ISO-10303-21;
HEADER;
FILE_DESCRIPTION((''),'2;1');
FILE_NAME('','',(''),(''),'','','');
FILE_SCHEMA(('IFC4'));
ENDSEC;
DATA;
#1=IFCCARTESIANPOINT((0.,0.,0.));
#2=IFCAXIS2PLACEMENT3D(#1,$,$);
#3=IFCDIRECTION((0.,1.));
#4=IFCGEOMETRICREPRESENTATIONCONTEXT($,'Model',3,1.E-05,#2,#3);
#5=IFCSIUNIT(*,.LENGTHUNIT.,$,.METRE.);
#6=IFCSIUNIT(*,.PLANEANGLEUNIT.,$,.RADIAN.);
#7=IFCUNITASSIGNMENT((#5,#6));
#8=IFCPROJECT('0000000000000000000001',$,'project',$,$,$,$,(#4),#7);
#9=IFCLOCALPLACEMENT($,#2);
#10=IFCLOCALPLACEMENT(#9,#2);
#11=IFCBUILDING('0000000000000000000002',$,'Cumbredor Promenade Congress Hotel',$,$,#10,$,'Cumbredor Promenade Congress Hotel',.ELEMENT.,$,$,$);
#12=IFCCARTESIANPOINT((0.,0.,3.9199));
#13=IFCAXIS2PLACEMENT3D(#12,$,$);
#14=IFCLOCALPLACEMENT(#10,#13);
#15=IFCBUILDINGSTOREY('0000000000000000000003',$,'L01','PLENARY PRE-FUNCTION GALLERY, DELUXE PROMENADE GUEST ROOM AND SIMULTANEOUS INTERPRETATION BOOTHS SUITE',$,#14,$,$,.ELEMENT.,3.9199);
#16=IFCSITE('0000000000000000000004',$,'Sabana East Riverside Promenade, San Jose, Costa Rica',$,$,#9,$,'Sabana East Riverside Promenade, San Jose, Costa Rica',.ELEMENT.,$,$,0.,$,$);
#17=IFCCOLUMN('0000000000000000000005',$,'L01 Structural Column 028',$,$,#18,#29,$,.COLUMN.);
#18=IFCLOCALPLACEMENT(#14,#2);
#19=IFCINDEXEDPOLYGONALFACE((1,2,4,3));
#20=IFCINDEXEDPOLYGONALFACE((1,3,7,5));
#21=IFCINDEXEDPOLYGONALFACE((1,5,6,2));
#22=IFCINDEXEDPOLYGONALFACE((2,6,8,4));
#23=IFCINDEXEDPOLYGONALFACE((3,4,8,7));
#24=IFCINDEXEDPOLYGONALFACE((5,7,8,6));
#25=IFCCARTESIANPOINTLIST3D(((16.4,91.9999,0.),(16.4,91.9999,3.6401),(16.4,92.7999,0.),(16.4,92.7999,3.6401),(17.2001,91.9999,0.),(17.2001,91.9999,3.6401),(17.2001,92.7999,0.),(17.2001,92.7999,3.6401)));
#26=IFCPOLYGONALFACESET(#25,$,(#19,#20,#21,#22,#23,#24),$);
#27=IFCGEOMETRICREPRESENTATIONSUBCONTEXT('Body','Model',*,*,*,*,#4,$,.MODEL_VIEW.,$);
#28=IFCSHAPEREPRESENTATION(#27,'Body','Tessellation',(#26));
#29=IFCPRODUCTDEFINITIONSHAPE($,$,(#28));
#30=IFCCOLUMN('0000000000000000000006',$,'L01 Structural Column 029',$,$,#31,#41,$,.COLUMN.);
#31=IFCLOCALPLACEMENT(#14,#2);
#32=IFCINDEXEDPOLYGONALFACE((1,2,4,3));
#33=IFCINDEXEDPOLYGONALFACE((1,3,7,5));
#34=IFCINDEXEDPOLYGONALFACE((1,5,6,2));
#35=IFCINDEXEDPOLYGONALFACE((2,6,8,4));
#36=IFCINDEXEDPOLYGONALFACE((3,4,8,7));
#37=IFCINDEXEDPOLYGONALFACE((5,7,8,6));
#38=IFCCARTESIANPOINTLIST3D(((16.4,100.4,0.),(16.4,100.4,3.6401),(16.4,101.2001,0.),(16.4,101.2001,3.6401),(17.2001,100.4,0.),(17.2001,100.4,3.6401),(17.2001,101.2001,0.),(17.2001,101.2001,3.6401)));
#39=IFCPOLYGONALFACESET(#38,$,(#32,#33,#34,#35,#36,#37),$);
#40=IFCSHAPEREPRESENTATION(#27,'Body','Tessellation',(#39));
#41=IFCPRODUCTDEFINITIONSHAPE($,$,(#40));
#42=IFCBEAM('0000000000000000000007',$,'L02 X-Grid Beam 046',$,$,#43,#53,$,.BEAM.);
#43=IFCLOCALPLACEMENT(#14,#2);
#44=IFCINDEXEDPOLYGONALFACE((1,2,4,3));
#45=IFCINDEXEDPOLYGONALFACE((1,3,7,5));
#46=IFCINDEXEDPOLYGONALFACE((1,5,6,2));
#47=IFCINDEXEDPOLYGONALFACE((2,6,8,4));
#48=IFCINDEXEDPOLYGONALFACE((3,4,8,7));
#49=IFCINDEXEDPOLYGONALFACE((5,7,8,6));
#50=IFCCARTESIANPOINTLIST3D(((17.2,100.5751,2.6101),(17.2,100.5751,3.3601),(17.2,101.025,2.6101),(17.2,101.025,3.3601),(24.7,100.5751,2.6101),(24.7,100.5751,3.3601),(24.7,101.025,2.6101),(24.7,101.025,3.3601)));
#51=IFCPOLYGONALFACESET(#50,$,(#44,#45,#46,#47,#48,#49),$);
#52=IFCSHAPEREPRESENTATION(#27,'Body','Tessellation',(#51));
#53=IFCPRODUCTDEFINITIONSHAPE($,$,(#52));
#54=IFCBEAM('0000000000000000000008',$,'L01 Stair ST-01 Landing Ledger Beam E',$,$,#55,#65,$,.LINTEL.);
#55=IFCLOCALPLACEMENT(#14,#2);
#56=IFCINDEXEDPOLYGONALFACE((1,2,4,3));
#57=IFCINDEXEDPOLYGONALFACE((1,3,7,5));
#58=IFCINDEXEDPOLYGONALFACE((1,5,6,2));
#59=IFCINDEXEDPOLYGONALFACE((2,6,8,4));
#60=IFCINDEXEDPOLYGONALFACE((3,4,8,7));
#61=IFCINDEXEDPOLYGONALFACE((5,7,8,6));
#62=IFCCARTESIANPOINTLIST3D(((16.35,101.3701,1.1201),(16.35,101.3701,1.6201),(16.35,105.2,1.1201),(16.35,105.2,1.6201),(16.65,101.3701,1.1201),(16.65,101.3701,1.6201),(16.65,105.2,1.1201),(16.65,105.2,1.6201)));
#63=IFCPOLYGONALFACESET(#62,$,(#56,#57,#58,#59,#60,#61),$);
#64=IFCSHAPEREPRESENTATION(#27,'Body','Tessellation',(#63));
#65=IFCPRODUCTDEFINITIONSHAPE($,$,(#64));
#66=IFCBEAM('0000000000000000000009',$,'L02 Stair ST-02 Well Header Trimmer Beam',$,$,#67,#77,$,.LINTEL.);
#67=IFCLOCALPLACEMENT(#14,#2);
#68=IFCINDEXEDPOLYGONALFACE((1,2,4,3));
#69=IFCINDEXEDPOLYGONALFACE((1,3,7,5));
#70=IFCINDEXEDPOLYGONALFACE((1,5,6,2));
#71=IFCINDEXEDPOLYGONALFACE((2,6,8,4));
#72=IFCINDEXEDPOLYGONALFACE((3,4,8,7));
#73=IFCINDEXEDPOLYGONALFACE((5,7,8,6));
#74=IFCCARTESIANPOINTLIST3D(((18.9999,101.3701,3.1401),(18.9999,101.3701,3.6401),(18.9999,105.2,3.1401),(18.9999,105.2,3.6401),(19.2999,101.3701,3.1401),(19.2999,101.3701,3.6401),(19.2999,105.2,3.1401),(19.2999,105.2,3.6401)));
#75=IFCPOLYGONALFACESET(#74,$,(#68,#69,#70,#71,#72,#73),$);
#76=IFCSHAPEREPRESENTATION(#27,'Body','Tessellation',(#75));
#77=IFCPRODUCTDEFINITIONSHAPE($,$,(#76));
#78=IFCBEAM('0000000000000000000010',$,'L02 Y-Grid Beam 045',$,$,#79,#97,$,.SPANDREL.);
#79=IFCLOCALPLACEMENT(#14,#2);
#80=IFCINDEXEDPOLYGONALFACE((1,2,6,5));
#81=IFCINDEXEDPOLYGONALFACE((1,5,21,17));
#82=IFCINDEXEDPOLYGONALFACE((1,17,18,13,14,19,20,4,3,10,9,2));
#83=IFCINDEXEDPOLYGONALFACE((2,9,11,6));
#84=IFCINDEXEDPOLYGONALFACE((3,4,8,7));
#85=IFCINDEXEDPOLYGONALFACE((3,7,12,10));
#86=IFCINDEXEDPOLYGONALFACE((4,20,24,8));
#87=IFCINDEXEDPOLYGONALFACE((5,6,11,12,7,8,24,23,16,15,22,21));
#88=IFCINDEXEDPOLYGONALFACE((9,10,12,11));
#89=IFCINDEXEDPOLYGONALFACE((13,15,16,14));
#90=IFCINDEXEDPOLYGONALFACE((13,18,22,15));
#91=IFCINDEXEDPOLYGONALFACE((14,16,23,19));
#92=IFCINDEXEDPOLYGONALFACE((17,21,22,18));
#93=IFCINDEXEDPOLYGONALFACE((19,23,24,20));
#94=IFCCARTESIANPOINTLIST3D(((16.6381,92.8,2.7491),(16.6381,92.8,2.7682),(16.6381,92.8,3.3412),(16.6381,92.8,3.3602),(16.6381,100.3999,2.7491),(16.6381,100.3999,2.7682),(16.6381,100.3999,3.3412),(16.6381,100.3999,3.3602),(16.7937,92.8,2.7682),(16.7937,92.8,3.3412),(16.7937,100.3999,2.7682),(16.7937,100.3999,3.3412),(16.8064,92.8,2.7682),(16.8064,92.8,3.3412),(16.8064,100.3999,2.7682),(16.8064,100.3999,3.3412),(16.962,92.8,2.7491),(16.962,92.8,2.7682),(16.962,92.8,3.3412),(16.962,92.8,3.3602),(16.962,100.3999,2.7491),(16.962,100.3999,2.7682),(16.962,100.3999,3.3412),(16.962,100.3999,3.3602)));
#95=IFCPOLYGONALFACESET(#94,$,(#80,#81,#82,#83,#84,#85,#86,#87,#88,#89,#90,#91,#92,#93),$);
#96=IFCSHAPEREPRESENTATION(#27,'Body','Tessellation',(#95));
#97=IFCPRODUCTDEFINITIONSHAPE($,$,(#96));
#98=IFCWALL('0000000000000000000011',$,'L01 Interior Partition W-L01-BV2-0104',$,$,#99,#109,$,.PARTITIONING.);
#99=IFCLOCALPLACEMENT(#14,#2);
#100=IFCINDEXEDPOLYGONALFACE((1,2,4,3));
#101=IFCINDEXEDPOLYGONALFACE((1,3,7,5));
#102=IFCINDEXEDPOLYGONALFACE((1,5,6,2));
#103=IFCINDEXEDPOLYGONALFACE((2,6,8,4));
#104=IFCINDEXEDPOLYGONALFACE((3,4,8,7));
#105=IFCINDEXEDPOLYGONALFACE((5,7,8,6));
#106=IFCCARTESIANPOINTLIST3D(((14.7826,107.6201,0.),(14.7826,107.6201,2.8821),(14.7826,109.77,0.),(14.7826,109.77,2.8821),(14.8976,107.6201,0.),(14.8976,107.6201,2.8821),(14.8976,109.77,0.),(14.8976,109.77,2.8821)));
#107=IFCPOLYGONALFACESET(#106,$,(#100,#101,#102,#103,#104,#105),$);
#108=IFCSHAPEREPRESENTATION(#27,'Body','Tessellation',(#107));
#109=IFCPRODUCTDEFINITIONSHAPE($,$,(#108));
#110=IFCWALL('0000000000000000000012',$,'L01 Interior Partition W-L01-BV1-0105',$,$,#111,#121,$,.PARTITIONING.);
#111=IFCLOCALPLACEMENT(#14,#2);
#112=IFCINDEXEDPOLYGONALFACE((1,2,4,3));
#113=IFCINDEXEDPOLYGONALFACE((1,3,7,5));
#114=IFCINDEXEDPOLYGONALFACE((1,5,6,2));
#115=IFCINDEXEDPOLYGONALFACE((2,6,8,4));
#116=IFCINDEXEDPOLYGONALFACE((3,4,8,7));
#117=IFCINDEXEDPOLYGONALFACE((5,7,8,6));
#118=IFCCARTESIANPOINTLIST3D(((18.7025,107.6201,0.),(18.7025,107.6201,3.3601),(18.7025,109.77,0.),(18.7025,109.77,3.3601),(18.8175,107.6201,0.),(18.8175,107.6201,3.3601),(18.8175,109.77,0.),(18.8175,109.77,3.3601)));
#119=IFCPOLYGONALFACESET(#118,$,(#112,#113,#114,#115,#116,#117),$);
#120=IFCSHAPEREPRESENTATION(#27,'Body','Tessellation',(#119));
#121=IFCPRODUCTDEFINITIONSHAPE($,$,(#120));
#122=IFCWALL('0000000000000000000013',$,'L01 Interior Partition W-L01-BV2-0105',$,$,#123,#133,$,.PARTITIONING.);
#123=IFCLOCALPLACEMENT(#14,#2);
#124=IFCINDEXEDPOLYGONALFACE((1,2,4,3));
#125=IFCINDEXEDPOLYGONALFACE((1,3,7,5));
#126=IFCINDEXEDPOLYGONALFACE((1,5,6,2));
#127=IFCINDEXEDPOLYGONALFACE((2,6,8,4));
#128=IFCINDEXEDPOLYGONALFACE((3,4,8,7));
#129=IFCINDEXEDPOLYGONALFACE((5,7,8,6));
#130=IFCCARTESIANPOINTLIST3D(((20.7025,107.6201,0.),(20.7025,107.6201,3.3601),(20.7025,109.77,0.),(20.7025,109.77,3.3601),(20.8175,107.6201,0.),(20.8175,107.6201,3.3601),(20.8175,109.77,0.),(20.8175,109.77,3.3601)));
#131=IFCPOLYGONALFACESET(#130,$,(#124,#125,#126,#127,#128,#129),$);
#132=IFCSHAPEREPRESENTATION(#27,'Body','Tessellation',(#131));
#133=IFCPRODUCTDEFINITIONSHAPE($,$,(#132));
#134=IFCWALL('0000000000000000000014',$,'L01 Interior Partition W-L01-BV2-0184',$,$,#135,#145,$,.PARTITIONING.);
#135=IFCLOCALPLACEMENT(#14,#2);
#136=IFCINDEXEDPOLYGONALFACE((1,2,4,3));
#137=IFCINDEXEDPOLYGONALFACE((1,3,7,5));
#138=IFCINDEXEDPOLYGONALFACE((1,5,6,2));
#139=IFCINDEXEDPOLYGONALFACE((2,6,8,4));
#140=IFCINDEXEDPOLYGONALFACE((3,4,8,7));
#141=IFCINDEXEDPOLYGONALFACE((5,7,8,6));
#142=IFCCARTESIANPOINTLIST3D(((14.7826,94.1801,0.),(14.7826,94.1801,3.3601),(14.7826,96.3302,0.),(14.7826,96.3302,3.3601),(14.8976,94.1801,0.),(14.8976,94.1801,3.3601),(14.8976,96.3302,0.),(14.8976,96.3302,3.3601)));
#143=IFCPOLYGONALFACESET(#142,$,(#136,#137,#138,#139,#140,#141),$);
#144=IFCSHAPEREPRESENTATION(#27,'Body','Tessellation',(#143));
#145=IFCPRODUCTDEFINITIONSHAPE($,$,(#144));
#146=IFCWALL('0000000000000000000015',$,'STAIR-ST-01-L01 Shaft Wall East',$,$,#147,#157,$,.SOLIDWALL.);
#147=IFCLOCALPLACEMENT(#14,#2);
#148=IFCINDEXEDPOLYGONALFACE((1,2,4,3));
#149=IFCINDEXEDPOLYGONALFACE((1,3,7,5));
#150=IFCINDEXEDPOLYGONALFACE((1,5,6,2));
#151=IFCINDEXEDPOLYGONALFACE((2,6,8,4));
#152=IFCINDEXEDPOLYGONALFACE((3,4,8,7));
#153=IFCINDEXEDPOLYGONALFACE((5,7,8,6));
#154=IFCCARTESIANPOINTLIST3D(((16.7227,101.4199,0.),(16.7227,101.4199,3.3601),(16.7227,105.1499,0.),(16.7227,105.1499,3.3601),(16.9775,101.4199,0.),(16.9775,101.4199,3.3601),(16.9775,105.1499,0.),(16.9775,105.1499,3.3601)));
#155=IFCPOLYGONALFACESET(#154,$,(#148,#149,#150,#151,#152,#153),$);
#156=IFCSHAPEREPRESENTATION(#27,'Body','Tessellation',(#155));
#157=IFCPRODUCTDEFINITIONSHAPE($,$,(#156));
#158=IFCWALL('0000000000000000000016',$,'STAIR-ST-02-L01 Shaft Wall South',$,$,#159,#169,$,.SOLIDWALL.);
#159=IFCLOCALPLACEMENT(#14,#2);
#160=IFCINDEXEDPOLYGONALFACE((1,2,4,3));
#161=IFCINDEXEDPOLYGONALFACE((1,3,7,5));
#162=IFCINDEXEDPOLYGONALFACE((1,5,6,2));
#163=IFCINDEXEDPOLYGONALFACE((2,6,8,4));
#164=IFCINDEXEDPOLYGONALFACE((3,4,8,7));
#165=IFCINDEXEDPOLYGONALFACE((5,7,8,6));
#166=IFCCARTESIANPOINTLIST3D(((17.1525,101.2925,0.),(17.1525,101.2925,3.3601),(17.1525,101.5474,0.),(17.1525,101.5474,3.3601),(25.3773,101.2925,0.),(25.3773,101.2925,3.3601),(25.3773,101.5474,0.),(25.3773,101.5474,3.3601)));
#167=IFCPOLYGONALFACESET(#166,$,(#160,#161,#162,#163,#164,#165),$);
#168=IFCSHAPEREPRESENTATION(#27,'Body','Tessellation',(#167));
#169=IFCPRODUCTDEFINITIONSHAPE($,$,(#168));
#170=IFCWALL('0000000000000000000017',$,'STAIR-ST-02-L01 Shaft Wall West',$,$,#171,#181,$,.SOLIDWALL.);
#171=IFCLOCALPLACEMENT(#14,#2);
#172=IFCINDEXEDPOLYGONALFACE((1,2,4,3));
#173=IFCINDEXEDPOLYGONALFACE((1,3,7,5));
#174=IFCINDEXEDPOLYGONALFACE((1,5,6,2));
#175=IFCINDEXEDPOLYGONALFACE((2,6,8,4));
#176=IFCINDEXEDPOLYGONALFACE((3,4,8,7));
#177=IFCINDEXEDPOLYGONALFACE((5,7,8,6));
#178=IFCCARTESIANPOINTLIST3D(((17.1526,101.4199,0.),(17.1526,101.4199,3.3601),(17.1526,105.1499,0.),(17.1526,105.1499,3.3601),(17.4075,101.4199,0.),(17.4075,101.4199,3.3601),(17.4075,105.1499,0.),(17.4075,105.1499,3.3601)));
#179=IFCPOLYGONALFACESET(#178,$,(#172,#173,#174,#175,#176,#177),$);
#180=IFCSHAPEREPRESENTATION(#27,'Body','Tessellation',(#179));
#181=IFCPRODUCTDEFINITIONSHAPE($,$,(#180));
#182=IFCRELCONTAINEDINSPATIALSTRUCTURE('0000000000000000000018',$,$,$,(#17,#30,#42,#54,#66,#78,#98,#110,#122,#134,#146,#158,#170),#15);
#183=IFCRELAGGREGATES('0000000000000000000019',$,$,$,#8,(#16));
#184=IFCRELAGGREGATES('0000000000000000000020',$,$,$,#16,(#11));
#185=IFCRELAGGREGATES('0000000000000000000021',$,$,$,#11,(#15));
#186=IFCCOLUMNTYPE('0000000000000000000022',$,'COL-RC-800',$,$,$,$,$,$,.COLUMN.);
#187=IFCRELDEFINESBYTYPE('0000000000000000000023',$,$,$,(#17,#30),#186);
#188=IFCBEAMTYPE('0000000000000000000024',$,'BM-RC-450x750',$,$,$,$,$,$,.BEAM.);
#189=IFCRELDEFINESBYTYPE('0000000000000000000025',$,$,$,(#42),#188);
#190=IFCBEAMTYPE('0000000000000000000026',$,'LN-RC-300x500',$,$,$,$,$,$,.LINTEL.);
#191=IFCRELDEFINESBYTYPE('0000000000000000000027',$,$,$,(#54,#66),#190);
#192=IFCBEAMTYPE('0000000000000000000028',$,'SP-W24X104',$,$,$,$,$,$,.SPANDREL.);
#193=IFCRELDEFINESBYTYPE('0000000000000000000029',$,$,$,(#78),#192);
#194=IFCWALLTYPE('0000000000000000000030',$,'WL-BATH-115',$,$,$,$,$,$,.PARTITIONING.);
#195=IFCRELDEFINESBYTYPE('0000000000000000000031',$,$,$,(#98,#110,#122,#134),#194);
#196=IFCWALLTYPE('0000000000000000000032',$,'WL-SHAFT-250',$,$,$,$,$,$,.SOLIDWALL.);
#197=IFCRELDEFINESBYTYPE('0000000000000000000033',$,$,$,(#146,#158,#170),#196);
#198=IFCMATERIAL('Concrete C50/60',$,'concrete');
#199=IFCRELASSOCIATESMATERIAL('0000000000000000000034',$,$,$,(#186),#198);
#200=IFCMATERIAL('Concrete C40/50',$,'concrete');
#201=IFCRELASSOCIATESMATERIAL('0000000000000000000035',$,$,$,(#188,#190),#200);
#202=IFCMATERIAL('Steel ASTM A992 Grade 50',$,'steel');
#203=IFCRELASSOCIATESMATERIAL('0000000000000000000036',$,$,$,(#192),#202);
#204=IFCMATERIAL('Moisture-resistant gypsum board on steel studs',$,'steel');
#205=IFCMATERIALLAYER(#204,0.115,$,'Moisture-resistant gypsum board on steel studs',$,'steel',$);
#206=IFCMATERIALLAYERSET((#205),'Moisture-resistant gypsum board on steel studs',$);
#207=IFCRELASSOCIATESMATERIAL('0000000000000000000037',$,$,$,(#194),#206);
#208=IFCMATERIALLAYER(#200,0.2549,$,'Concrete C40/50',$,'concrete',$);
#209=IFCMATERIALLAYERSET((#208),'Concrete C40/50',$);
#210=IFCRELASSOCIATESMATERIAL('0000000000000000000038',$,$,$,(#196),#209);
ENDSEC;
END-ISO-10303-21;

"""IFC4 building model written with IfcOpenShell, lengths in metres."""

from ifc_helpers import new_model, si_unit, direction, frame, frame_2d, origin, origin_2d, place, context, subcontext, project, spatial, rectangle, i_section, extrude, material, layer, layer_set, material_profile, profile_set, type_object, element, save


model = new_model("IFC4")

# Units and contexts
model_context = context("Model", 3, precision=1e-05, world=origin(), true_north=direction((0.0, 1.0)))
body_context = subcontext(model_context, "Body", "Model", "MODEL_VIEW")
ifc_project = project(units=[si_unit("LENGTHUNIT", "METRE"), si_unit("PLANEANGLEUNIT", "RADIAN")], contexts=[model_context])

# Site, building, storey
site_placement = place(None, origin())
site = spatial("IfcSite", under=ifc_project, at=site_placement, Name="Sabana East Riverside Promenade, San Jose, Costa Rica", LongName="Sabana East Riverside Promenade, San Jose, Costa Rica", CompositionType="ELEMENT", RefElevation=0.0)
building_placement = place(site_placement, origin())
building = spatial("IfcBuilding", under=site, at=building_placement, Name="Cumbredor Promenade Congress Hotel", LongName="Cumbredor Promenade Congress Hotel", CompositionType="ELEMENT")
storey_placement = place(building_placement, frame((0.0, 0.0, 3.9199)))
storey = spatial("IfcBuildingStorey", under=building, at=storey_placement, Name="L01", Description="PLENARY PRE-FUNCTION GALLERY, DELUXE PROMENADE GUEST ROOM AND SIMULTANEOUS INTERPRETATION BOOTHS SUITE", CompositionType="ELEMENT", Elevation=3.9199)

# Columns
ifc_material_1 = material(Name="Concrete C50/60", Category="concrete")
ifc_material_profile_1 = material_profile(ifc_material_1, rectangle(XDim=0.8, YDim=0.8, at=origin_2d()), Name="RC 800x800")
ifc_profile_set_1 = profile_set([ifc_material_profile_1], Name="Concrete C50/60")
column_type = type_object("IfcColumnType", Name="COL-RC-800", PredefinedType="COLUMN", material=ifc_profile_set_1)
for number, where, z_axis, x_axis, name in (
    (1, (16.8, 92.3999, 0.0), (0.0, 0.0, 1.0), (1.0, 0.0, 0.0), "L01 Structural Column 028"),
    (2, (16.8, 100.8, 0.0), (0.0, 0.0, 1.0), (1.0, 0.0, 0.0), "L01 Structural Column 029"),
):
    element("IfcColumn", number, at=place(storey_placement, frame(where, z_axis=z_axis, x_axis=x_axis)), inside=storey, type_object=column_type, Name=name, PredefinedType="COLUMN", context=body_context, shape_type="SweptSolid", body=[
        extrude(rectangle(XDim=0.8, YDim=0.8, at=origin_2d()), origin(), (0.0, 0.0, 1.0), 3.6401),
    ])

# Beams
ifc_material_2 = material(Name="Concrete C40/50", Category="concrete")
ifc_material_profile_2 = material_profile(ifc_material_2, rectangle(XDim=0.45, YDim=0.75, at=origin_2d()), Name="RC BEAM 450x750")
ifc_profile_set_2 = profile_set([ifc_material_profile_2], Name="Concrete C40/50")
beam_type_1 = type_object("IfcBeamType", Name="BM-RC-450x750", PredefinedType="BEAM", material=ifc_profile_set_2)
beam_1_placement = place(storey_placement, frame((17.2, 100.8, 2.9851), z_axis=(1.0, 0.0, 0.0), x_axis=(0.0, 1.0, 0.0)))
element("IfcBeam", 3, at=beam_1_placement, inside=storey, type_object=beam_type_1, Name="L02 X-Grid Beam 046", PredefinedType="BEAM", context=body_context, shape_type="SweptSolid", body=[
    extrude(rectangle(XDim=0.45, YDim=0.75, at=origin_2d()), origin(), (0.0, 0.0, 1.0), 7.5),
])
ifc_material_profile_3 = material_profile(ifc_material_2, rectangle(XDim=0.3, YDim=0.5, at=origin_2d()), Name="RC LINTEL 300x500")
ifc_profile_set_3 = profile_set([ifc_material_profile_3], Name="Concrete C40/50")
beam_type_2 = type_object("IfcBeamType", Name="LN-RC-300x500", PredefinedType="LINTEL", material=ifc_profile_set_3)
for number, where, z_axis, x_axis, name in (
    (4, (16.5, 101.3701, 1.3701), (0.0, 1.0, 0.0), (-1.0, 0.0, 0.0), "L01 Stair ST-01 Landing Ledger Beam E"),
    (5, (19.1499, 101.3701, 3.3901), (0.0, 1.0, 0.0), (-1.0, 0.0, 0.0), "L02 Stair ST-02 Well Header Trimmer Beam"),
):
    element("IfcBeam", number, at=place(storey_placement, frame(where, z_axis=z_axis, x_axis=x_axis)), inside=storey, type_object=beam_type_2, Name=name, PredefinedType="LINTEL", context=body_context, shape_type="SweptSolid", body=[
        extrude(rectangle(XDim=0.3, YDim=0.5, at=origin_2d()), origin(), (0.0, 0.0, 1.0), 3.8298),
    ])
ifc_material_3 = material(Name="Steel ASTM A992 Grade 50", Category="steel")
ifc_material_profile_4 = material_profile(ifc_material_3, i_section(OverallWidth=0.324, OverallDepth=0.6111, WebThickness=0.0127, FlangeThickness=0.019, at=origin_2d()), Name="W24X104")
ifc_profile_set_4 = profile_set([ifc_material_profile_4], Name="Steel ASTM A992 Grade 50")
beam_type_3 = type_object("IfcBeamType", Name="SP-W24X104", PredefinedType="SPANDREL", material=ifc_profile_set_4)
beam_2_placement = place(storey_placement, frame((16.8, 92.8, 3.0547), z_axis=(0.0, 1.0, 0.0), x_axis=(-1.0, 0.0, 0.0)))
element("IfcBeam", 6, at=beam_2_placement, inside=storey, type_object=beam_type_3, Name="L02 Y-Grid Beam 045", PredefinedType="SPANDREL", context=body_context, shape_type="SweptSolid", body=[
    extrude(i_section(OverallWidth=0.324, OverallDepth=0.6111, WebThickness=0.0127, FlangeThickness=0.019, at=origin_2d()), origin(), (0.0, 0.0, 1.0), 7.5999),
])

# Walls
ifc_material_4 = material(Name="Moisture-resistant gypsum board on steel studs", Category="steel")
ifc_layer_1 = layer(ifc_material_4, 0.115, Name="Moisture-resistant gypsum board on steel studs", Category="steel")
ifc_layer_set_1 = layer_set([ifc_layer_1], Name="Moisture-resistant gypsum board on steel studs")
wall_type_1 = type_object("IfcWallType", Name="WL-BATH-115", PredefinedType="PARTITIONING", material=ifc_layer_set_1)
wall_1_placement = place(storey_placement, frame((14.8401, 107.6201, 0.0), z_axis=(0.0, 0.0, 1.0), x_axis=(0.0, 1.0, 0.0)))
element("IfcWall", 7, at=wall_1_placement, inside=storey, type_object=wall_type_1, Name="L01 Interior Partition W-L01-BV2-0104", PredefinedType="PARTITIONING", context=body_context, shape_type="SweptSolid", body=[
    extrude(rectangle(XDim=2.1499, YDim=0.115, at=frame_2d((1.075, 0.0))), origin(), (0.0, 0.0, 1.0), 2.8821),
])
for number, where, z_axis, x_axis, name in (
    (8, (18.76, 107.6201, 0.0), (0.0, 0.0, 1.0), (0.0, 1.0, 0.0), "L01 Interior Partition W-L01-BV1-0105"),
    (9, (20.76, 107.6201, 0.0), (0.0, 0.0, 1.0), (0.0, 1.0, 0.0), "L01 Interior Partition W-L01-BV2-0105"),
):
    element("IfcWall", number, at=place(storey_placement, frame(where, z_axis=z_axis, x_axis=x_axis)), inside=storey, type_object=wall_type_1, Name=name, PredefinedType="PARTITIONING", context=body_context, shape_type="SweptSolid", body=[
        extrude(rectangle(XDim=2.1499, YDim=0.115, at=frame_2d((1.075, 0.0))), origin(), (0.0, 0.0, 1.0), 3.3601),
    ])
wall_2_placement = place(storey_placement, frame((14.8401, 94.1799, 0.0), z_axis=(0.0, 0.0, 1.0), x_axis=(0.0, 1.0, 0.0)))
element("IfcWall", 10, at=wall_2_placement, inside=storey, type_object=wall_type_1, Name="L01 Interior Partition W-L01-BV2-0184", PredefinedType="PARTITIONING", context=body_context, shape_type="SweptSolid", body=[
    extrude(rectangle(XDim=2.1501, YDim=0.115, at=frame_2d((1.0752, 0.0))), origin(), (0.0, 0.0, 1.0), 3.3601),
])
ifc_layer_2 = layer(ifc_material_2, 0.2549, Name="Concrete C40/50", Category="concrete")
ifc_layer_set_2 = layer_set([ifc_layer_2], Name="Concrete C40/50")
wall_type_2 = type_object("IfcWallType", Name="WL-SHAFT-250", PredefinedType="SOLIDWALL", material=ifc_layer_set_2)
wall_3_placement = place(storey_placement, frame((16.8501, 101.4199, 0.0), z_axis=(0.0, 0.0, 1.0), x_axis=(0.0, 1.0, 0.0)))
element("IfcWall", 11, at=wall_3_placement, inside=storey, type_object=wall_type_2, Name="STAIR-ST-01-L01 Shaft Wall East", PredefinedType="SOLIDWALL", context=body_context, shape_type="SweptSolid", body=[
    extrude(rectangle(XDim=3.73, YDim=0.2549, at=frame_2d((1.865, 0.0))), origin(), (0.0, 0.0, 1.0), 3.3601),
])
wall_4_placement = place(storey_placement, frame((17.1526, 101.4199, 0.0), z_axis=(0.0, 0.0, 1.0), x_axis=(1.0, 0.0, 0.0)))
element("IfcWall", 12, at=wall_4_placement, inside=storey, type_object=wall_type_2, Name="STAIR-ST-02-L01 Shaft Wall South", PredefinedType="SOLIDWALL", context=body_context, shape_type="SweptSolid", body=[
    extrude(rectangle(XDim=8.2249, YDim=0.2549, at=frame_2d((4.1123, 0.0))), origin(), (0.0, 0.0, 1.0), 3.3601),
])

# Wall
wall_5_placement = place(storey_placement, frame((17.28, 101.4199, 0.0), z_axis=(0.0, 0.0, 1.0), x_axis=(0.0, 1.0, 0.0)))
element("IfcWall", 13, at=wall_5_placement, inside=storey, type_object=wall_type_2, Name="STAIR-ST-02-L01 Shaft Wall West", PredefinedType="SOLIDWALL", context=body_context, shape_type="SweptSolid", body=[
    extrude(rectangle(XDim=3.73, YDim=0.2549, at=frame_2d((1.865, 0.0))), origin(), (0.0, 0.0, 1.0), 3.3601),
])

save(model, "model.ifc")
